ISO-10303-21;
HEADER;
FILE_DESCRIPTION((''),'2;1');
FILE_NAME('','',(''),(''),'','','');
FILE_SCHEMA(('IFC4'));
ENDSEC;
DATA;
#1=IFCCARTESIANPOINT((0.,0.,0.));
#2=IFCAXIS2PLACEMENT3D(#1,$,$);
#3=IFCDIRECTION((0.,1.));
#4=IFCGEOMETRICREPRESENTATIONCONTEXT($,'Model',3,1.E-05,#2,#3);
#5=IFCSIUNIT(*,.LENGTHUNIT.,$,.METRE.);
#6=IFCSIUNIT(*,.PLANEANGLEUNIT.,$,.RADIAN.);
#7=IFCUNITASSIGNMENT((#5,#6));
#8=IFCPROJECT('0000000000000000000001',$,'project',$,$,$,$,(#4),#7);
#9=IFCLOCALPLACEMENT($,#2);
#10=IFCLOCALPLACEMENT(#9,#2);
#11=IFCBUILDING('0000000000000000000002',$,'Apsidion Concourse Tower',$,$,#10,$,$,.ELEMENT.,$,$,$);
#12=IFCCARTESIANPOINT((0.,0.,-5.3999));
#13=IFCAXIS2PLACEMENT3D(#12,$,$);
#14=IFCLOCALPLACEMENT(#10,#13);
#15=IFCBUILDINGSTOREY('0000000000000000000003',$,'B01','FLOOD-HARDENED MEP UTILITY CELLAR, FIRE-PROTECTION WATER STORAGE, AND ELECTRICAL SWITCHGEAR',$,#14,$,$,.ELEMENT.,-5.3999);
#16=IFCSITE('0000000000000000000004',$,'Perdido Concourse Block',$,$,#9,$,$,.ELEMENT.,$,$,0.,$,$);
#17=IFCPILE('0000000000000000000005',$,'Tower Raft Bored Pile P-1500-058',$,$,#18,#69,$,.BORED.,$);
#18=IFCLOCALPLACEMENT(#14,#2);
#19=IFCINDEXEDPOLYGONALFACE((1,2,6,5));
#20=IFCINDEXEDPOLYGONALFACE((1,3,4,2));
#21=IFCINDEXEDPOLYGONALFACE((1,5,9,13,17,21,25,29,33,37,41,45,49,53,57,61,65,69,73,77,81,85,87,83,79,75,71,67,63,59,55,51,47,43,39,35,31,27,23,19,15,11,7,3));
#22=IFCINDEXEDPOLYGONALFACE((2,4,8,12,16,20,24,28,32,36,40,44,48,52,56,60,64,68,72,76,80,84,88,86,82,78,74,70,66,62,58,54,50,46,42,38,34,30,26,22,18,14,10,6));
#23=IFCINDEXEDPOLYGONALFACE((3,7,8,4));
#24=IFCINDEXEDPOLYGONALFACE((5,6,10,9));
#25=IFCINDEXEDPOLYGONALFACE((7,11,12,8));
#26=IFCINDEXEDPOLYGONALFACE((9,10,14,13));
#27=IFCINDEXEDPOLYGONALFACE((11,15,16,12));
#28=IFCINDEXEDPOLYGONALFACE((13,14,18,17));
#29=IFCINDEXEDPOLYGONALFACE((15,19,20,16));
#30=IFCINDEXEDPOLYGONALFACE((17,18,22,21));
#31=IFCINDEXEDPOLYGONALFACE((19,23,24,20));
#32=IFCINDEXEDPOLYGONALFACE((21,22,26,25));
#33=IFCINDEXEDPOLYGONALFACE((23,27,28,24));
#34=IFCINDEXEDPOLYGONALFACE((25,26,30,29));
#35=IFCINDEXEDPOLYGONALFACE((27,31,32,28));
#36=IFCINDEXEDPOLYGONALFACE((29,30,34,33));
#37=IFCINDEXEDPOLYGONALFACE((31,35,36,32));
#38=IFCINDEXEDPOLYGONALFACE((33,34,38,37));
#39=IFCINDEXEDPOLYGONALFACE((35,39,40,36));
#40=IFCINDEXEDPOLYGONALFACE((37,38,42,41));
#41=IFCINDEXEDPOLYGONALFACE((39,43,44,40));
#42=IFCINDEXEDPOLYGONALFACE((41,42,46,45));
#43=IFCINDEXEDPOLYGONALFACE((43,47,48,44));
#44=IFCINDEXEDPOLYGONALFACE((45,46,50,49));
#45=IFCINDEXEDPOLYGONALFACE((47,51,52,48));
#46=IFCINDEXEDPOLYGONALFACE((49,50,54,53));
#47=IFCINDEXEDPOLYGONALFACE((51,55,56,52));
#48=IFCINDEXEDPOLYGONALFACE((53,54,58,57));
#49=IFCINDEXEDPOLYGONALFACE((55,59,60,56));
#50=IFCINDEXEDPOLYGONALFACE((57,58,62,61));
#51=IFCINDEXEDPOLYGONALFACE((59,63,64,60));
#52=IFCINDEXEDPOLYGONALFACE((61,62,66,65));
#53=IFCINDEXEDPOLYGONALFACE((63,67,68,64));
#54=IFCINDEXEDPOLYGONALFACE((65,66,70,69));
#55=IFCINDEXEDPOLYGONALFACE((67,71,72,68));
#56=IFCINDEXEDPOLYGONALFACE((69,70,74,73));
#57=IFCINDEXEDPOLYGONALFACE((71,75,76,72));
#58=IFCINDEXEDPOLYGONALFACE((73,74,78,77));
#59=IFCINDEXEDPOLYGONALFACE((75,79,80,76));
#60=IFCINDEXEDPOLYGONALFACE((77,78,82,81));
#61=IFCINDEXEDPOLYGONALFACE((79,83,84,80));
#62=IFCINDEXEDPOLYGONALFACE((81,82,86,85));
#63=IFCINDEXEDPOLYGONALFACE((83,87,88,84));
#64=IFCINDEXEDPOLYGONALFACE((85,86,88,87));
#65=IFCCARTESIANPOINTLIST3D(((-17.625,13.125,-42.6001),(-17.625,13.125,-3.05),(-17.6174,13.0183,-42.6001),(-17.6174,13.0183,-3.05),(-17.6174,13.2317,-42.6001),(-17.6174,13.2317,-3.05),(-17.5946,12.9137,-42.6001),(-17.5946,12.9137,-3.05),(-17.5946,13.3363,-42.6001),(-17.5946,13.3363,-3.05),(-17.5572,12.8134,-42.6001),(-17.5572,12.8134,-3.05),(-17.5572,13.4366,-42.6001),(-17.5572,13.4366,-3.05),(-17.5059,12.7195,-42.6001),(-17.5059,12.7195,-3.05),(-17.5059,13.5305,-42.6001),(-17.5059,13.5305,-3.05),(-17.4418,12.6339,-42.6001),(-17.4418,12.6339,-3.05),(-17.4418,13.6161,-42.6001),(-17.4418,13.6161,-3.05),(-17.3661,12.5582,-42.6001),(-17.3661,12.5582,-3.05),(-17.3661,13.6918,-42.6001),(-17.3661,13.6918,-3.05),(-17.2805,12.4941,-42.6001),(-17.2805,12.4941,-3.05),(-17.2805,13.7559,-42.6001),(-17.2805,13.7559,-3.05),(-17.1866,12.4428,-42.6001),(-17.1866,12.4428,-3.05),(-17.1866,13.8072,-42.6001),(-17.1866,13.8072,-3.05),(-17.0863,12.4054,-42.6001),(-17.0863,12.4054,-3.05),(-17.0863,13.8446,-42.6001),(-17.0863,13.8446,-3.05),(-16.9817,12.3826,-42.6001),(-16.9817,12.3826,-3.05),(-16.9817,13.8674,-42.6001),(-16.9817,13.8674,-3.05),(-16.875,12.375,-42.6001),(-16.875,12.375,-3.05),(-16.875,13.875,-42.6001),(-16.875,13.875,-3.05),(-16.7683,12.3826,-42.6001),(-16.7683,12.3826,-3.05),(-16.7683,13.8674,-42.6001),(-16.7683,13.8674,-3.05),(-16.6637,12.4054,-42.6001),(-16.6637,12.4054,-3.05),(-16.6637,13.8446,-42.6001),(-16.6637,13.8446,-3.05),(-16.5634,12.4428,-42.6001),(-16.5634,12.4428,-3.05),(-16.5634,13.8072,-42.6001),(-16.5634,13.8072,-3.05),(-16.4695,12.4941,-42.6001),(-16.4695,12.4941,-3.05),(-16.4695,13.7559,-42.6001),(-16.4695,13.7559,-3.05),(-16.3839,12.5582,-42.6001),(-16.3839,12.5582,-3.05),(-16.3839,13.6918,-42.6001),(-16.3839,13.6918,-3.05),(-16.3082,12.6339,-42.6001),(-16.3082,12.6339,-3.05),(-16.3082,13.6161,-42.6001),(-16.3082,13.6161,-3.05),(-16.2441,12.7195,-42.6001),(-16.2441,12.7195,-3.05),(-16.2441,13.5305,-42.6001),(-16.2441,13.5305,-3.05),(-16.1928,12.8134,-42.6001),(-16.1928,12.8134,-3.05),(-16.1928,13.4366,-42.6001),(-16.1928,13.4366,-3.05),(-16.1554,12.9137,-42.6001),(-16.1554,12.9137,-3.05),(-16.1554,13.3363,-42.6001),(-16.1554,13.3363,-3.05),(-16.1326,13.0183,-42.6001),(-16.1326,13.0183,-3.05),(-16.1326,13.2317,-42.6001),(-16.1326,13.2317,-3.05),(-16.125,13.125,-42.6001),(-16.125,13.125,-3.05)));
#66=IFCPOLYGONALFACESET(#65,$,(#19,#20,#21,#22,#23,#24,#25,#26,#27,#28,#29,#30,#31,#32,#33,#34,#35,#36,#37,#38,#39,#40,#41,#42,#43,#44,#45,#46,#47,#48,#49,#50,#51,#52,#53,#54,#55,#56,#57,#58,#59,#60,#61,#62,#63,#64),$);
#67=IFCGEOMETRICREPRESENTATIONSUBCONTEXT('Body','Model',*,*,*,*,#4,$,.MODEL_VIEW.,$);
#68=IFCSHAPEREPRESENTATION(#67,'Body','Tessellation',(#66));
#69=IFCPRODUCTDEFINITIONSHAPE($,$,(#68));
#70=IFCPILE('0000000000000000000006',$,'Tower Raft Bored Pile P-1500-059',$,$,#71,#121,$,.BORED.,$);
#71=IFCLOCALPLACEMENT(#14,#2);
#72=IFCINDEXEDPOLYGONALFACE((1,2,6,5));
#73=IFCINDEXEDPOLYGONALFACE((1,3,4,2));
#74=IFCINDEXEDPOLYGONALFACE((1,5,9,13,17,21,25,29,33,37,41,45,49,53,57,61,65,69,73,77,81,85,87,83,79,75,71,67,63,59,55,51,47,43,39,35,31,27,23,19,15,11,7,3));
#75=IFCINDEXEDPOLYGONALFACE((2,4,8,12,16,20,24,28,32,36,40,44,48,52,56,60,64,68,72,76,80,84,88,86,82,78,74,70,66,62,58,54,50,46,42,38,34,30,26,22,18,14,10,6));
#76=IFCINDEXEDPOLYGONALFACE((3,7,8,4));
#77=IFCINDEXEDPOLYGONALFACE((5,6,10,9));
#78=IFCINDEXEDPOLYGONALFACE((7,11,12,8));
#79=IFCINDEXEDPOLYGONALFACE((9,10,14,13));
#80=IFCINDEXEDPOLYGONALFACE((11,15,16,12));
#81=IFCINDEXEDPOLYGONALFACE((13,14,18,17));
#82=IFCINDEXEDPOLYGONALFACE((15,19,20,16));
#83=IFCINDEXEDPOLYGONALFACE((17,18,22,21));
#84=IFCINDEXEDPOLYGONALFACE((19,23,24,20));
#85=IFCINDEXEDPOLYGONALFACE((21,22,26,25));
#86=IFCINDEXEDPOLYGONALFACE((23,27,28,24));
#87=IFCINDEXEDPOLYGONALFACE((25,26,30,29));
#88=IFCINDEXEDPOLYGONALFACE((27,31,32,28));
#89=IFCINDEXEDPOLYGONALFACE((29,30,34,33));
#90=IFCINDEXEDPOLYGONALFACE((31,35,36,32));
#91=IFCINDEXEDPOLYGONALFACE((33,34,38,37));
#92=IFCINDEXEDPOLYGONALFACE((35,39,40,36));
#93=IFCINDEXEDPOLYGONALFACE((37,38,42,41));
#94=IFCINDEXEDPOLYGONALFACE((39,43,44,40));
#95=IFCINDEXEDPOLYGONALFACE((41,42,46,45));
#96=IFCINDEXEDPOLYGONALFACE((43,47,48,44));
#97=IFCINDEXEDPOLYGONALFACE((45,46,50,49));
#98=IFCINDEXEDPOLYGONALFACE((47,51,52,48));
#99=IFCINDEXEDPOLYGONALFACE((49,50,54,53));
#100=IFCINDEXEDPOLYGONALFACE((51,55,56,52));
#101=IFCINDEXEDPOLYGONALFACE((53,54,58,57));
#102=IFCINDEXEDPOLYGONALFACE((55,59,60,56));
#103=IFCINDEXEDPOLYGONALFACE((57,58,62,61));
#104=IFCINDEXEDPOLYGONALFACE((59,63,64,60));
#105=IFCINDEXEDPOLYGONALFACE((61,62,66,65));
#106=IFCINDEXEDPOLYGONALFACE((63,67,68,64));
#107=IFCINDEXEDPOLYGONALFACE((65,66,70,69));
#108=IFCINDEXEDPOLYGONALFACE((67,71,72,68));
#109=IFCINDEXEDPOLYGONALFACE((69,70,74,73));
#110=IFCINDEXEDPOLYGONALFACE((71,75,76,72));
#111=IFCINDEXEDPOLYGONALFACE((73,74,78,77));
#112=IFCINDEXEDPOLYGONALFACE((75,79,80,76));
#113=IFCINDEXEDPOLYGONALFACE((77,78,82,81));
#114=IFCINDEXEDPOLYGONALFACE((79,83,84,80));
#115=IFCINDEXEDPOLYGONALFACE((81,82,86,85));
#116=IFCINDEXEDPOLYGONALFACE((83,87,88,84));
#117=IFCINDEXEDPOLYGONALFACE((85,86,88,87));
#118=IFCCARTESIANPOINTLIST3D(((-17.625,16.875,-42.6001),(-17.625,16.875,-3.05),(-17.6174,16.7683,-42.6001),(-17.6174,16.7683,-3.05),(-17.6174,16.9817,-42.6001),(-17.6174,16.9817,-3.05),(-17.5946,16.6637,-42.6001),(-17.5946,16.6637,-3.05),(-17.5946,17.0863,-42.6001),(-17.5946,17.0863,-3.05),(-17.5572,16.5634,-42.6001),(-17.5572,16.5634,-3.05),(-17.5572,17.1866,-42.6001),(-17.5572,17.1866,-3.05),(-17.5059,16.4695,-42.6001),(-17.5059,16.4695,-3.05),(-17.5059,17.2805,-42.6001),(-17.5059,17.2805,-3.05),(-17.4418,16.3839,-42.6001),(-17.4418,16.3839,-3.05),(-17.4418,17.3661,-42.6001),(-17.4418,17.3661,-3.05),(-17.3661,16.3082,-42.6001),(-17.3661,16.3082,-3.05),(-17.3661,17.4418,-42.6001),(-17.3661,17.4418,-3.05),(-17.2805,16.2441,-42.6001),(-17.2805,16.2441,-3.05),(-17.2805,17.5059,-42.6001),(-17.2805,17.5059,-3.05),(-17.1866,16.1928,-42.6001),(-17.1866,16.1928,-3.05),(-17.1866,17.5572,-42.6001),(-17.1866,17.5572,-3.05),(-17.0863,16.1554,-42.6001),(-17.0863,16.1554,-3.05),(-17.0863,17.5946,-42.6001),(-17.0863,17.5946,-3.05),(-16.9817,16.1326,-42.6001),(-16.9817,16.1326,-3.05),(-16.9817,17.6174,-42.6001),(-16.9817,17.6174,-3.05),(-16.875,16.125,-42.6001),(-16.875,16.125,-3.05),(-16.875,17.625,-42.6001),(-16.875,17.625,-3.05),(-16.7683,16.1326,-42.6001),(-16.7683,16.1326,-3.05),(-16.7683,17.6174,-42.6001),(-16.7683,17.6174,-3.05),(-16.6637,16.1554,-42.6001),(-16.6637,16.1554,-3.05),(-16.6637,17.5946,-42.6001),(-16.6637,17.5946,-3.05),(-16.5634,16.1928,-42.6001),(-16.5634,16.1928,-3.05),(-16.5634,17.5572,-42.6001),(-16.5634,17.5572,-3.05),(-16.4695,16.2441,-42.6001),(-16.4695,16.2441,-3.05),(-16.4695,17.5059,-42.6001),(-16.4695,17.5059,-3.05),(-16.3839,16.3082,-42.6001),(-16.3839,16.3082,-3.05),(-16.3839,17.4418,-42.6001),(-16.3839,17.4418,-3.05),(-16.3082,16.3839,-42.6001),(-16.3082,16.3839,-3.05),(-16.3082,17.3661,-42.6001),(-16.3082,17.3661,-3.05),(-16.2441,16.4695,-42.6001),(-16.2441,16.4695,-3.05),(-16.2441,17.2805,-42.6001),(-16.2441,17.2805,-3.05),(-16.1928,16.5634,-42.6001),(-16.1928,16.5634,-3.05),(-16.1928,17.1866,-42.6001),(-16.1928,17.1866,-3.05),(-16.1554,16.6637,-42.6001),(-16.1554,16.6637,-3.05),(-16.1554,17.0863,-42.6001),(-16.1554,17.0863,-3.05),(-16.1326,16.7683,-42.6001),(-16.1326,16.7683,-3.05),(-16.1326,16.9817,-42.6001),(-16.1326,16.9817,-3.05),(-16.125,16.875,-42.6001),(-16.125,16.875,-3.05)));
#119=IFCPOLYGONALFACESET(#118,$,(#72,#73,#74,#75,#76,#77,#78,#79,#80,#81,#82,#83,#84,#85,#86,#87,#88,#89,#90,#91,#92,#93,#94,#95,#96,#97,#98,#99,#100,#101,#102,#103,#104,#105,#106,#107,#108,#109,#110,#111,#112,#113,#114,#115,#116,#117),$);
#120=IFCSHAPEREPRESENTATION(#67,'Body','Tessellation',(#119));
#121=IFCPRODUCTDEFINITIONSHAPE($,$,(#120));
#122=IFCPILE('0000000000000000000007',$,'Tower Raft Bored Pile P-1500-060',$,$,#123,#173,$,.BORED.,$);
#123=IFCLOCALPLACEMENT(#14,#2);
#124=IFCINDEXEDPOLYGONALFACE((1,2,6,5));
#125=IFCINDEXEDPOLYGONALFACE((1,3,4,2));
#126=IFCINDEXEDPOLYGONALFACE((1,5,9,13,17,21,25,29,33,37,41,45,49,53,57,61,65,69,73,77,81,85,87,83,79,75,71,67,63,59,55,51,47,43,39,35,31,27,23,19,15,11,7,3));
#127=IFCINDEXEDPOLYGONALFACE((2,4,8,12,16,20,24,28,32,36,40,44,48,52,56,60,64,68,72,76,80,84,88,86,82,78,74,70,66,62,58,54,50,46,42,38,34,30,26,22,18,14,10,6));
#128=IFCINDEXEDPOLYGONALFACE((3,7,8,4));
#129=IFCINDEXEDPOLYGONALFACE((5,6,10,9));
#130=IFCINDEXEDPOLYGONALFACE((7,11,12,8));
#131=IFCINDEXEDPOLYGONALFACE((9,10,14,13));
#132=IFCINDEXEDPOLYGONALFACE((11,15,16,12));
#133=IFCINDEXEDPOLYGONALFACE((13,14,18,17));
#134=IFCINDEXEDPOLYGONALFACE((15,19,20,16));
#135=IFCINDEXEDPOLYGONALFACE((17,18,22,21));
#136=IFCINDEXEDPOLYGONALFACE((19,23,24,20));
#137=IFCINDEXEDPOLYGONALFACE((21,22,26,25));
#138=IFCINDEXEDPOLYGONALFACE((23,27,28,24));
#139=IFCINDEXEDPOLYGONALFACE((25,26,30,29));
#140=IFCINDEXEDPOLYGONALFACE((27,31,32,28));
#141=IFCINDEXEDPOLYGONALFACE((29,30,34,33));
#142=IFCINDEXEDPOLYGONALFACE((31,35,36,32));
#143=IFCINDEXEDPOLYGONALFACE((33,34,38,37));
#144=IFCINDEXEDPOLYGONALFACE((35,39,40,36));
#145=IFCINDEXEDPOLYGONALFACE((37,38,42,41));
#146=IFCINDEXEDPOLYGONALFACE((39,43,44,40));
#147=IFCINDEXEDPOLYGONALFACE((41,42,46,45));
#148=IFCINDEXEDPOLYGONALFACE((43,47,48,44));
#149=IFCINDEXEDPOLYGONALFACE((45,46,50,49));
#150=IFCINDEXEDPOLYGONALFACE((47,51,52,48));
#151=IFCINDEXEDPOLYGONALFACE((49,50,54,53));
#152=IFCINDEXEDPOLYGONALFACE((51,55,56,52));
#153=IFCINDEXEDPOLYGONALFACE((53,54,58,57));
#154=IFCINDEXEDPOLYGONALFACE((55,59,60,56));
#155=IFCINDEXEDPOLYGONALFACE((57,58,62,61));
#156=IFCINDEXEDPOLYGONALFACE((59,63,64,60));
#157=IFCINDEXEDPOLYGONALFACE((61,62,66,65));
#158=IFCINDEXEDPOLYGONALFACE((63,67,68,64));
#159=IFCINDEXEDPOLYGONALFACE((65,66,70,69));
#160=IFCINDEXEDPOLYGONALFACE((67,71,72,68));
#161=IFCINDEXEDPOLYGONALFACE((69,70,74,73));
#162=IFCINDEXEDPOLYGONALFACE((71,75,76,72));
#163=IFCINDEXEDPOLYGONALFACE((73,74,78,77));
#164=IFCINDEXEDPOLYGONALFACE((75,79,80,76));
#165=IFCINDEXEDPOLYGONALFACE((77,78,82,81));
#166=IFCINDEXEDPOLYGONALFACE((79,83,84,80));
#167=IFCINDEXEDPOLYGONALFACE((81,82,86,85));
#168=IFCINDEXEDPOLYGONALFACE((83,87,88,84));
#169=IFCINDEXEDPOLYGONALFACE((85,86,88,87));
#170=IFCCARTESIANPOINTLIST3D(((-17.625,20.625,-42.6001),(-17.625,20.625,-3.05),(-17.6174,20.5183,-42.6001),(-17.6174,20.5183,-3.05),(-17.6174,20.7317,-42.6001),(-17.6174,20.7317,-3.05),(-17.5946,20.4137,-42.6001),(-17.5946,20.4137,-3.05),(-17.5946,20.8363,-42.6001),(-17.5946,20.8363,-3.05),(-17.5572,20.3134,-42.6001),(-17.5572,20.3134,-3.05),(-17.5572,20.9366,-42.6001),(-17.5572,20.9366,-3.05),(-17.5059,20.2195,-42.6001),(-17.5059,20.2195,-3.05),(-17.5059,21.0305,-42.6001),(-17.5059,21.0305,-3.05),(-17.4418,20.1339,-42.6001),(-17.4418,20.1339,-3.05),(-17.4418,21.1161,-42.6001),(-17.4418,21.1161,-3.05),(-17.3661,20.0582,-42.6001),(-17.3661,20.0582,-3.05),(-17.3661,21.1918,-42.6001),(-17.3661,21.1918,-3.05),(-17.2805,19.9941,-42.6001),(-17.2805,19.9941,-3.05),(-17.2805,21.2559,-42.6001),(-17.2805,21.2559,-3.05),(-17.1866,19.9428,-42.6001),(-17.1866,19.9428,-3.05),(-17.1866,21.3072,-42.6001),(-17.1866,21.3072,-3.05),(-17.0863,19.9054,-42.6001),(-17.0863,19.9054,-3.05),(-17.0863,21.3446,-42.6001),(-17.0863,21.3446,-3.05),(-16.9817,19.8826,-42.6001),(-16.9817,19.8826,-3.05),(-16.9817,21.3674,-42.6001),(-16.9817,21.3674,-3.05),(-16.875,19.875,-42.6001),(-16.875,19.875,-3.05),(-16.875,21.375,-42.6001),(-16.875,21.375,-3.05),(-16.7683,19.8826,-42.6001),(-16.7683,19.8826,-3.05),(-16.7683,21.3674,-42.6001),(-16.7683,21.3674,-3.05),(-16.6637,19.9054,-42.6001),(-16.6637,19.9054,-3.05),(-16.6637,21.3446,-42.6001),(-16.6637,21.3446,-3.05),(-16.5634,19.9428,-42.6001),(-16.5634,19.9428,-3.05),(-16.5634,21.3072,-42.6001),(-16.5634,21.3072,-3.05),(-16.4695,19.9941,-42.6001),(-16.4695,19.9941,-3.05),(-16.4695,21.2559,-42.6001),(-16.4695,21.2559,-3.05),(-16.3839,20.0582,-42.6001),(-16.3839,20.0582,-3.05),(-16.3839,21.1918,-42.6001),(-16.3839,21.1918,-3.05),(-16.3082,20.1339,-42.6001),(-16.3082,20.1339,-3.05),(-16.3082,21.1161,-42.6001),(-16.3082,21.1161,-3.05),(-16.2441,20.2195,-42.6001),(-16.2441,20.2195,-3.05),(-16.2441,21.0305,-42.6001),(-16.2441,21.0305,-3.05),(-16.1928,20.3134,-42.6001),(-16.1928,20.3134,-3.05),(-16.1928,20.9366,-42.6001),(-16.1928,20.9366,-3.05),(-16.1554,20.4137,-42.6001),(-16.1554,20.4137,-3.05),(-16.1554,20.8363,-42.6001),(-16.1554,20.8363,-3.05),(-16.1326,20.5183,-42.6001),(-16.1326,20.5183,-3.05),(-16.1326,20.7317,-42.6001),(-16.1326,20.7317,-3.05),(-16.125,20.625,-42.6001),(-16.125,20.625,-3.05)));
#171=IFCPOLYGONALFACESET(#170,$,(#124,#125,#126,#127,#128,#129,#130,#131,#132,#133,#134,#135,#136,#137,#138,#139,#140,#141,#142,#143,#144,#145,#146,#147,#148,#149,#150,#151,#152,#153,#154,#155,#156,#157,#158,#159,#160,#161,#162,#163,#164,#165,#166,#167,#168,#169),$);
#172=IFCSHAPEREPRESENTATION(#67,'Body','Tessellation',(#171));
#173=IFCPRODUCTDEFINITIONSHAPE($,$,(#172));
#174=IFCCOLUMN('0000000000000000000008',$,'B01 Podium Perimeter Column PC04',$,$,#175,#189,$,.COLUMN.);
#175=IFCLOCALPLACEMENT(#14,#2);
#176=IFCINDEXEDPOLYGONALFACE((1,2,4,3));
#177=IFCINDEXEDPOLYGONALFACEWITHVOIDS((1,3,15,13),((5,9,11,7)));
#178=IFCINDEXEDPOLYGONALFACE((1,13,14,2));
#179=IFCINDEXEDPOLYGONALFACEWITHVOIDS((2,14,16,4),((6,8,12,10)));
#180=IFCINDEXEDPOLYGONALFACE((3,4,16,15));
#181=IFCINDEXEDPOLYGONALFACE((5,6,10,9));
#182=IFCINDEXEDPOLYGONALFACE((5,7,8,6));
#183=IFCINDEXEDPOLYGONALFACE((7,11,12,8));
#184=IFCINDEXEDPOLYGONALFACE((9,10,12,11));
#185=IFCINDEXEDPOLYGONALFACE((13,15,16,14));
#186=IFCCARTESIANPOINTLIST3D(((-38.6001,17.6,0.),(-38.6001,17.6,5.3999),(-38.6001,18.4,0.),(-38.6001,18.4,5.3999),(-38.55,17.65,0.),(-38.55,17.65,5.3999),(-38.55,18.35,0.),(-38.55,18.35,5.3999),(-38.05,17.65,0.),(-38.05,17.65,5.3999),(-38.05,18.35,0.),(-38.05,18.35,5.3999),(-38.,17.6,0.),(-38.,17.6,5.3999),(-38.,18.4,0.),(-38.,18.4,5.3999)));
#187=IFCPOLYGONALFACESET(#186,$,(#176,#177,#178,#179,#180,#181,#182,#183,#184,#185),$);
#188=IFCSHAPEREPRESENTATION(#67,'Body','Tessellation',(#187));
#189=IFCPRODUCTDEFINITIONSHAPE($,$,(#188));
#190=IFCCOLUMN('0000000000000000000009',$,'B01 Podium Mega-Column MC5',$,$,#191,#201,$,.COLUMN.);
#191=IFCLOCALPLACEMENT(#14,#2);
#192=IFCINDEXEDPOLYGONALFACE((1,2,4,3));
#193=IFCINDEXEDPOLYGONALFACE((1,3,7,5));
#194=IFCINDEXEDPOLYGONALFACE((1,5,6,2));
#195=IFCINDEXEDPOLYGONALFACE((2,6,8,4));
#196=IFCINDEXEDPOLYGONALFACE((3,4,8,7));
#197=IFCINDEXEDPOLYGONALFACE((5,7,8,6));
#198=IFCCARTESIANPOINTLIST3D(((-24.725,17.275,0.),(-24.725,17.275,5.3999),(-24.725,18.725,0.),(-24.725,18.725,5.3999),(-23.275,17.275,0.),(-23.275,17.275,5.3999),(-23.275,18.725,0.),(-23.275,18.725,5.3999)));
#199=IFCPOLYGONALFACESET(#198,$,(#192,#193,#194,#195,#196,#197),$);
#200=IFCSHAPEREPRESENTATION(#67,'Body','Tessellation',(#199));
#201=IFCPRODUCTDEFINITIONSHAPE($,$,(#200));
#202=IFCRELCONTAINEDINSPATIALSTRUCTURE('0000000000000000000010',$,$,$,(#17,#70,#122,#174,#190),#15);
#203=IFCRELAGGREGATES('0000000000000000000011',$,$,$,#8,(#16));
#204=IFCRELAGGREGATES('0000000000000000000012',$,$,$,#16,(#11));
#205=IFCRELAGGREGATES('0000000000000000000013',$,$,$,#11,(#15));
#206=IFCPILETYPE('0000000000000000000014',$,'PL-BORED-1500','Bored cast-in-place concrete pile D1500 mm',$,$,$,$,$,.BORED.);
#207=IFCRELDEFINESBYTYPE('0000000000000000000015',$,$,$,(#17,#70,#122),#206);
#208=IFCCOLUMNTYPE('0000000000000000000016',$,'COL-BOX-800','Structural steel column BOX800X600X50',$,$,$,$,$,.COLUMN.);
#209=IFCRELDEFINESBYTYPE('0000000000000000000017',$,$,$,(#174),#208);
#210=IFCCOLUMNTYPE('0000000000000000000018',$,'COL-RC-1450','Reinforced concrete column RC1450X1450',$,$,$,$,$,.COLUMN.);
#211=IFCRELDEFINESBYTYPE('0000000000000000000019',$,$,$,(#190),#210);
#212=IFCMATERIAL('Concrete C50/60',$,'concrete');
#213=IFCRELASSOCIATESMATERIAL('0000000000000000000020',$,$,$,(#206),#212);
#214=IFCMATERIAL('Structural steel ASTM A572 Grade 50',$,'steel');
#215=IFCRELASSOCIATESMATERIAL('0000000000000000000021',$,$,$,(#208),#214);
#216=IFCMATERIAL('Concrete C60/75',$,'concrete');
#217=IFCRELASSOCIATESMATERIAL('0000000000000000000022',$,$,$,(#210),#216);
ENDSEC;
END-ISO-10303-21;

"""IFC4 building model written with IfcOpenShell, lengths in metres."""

from ifc_helpers import new_model, si_unit, direction, frame, origin, origin_2d, place, context, subcontext, project, spatial, rectangle, hollow_rectangle, circle, extrude, material, material_profile, profile_set, type_object, element, save


model = new_model("IFC4")

# Units and contexts
model_context = context("Model", 3, precision=1e-05, world=origin(), true_north=direction((0.0, 1.0)))
body_context = subcontext(model_context, "Body", "Model", "MODEL_VIEW")
ifc_project = project(units=[si_unit("LENGTHUNIT", "METRE"), si_unit("PLANEANGLEUNIT", "RADIAN")], contexts=[model_context])

# Site, building, storey
site_placement = place(None, origin())
site = spatial("IfcSite", under=ifc_project, at=site_placement, Name="Perdido Concourse Block", CompositionType="ELEMENT", RefElevation=0.0)
building_placement = place(site_placement, origin())
building = spatial("IfcBuilding", under=site, at=building_placement, Name="Apsidion Concourse Tower", CompositionType="ELEMENT")
storey_placement = place(building_placement, frame((0.0, 0.0, -5.3999)))
storey = spatial("IfcBuildingStorey", under=building, at=storey_placement, Name="B01", Description="FLOOD-HARDENED MEP UTILITY CELLAR, FIRE-PROTECTION WATER STORAGE, AND ELECTRICAL SWITCHGEAR", CompositionType="ELEMENT", Elevation=-5.3999)

# Shared definitions
ifc_material_1 = material(Name="Concrete C50/60", Category="concrete")

# Piles
ifc_material_profile_1 = material_profile(ifc_material_1, circle(Radius=0.75, at=origin_2d()), Name="BORED PILE D1500")
ifc_profile_set_1 = profile_set([ifc_material_profile_1], Name="Concrete C50/60")
pile_type_1 = type_object("IfcPileType", Name="PL-BORED-1500", Description="Bored cast-in-place concrete pile D1500 mm", PredefinedType="BORED", material=ifc_profile_set_1)
for number, where, z_axis, x_axis, name in (
    (1, (-16.875, 13.125, -3.05), (0.0, 0.0, -1.0), (1.0, 0.0, 0.0), "Tower Raft Bored Pile P-1500-058"),
    (2, (-16.875, 16.875, -3.05), (0.0, 0.0, -1.0), (1.0, 0.0, 0.0), "Tower Raft Bored Pile P-1500-059"),
    (3, (-16.875, 20.625, -3.05), (0.0, 0.0, -1.0), (1.0, 0.0, 0.0), "Tower Raft Bored Pile P-1500-060"),
):
    element("IfcPile", number, at=place(storey_placement, frame(where, z_axis=z_axis, x_axis=x_axis)), inside=storey, type_object=pile_type_1, Name=name, PredefinedType="BORED", context=body_context, shape_type="SweptSolid", body=[
        extrude(circle(Radius=0.75, at=origin_2d()), origin(), (0.0, 0.0, 1.0), 39.55),
    ])

# Columns
ifc_material_2 = material(Name="Structural steel ASTM A572 Grade 50", Category="steel")
ifc_material_profile_2 = material_profile(ifc_material_2, hollow_rectangle(XDim=0.6001, YDim=0.8, WallThickness=0.05, at=origin_2d()), Name="BOX800X600X50")
ifc_profile_set_2 = profile_set([ifc_material_profile_2], Name="Structural steel ASTM A572 Grade 50")
column_type_1 = type_object("IfcColumnType", Name="COL-BOX-800", Description="Structural steel column BOX800X600X50", PredefinedType="COLUMN", material=ifc_profile_set_2)
column_1_placement = place(storey_placement, frame((-38.3, 18.0, 0.0), z_axis=(0.0, 0.0, 1.0), x_axis=(1.0, 0.0, 0.0)))
element("IfcColumn", 4, at=column_1_placement, inside=storey, type_object=column_type_1, Name="B01 Podium Perimeter Column PC04", PredefinedType="COLUMN", context=body_context, shape_type="SweptSolid", body=[
    extrude(hollow_rectangle(XDim=0.6001, YDim=0.8, WallThickness=0.05, at=origin_2d()), origin(), (0.0, 0.0, 1.0), 5.3999),
])
ifc_material_3 = material(Name="Concrete C60/75", Category="concrete")
ifc_material_profile_3 = material_profile(ifc_material_3, rectangle(XDim=1.45, YDim=1.45, at=origin_2d()), Name="RC 1450x1450")
ifc_profile_set_3 = profile_set([ifc_material_profile_3], Name="Concrete C60/75")
column_type_2 = type_object("IfcColumnType", Name="COL-RC-1450", Description="Reinforced concrete column RC1450X1450", PredefinedType="COLUMN", material=ifc_profile_set_3)
column_2_placement = place(storey_placement, frame((-24.0, 18.0, 0.0), z_axis=(0.0, 0.0, 1.0), x_axis=(1.0, 0.0, 0.0)))
element("IfcColumn", 5, at=column_2_placement, inside=storey, type_object=column_type_2, Name="B01 Podium Mega-Column MC5", PredefinedType="COLUMN", context=body_context, shape_type="SweptSolid", body=[
    extrude(rectangle(XDim=1.45, YDim=1.45, at=origin_2d()), origin(), (0.0, 0.0, 1.0), 5.3999),
])

save(model, "model.ifc")
